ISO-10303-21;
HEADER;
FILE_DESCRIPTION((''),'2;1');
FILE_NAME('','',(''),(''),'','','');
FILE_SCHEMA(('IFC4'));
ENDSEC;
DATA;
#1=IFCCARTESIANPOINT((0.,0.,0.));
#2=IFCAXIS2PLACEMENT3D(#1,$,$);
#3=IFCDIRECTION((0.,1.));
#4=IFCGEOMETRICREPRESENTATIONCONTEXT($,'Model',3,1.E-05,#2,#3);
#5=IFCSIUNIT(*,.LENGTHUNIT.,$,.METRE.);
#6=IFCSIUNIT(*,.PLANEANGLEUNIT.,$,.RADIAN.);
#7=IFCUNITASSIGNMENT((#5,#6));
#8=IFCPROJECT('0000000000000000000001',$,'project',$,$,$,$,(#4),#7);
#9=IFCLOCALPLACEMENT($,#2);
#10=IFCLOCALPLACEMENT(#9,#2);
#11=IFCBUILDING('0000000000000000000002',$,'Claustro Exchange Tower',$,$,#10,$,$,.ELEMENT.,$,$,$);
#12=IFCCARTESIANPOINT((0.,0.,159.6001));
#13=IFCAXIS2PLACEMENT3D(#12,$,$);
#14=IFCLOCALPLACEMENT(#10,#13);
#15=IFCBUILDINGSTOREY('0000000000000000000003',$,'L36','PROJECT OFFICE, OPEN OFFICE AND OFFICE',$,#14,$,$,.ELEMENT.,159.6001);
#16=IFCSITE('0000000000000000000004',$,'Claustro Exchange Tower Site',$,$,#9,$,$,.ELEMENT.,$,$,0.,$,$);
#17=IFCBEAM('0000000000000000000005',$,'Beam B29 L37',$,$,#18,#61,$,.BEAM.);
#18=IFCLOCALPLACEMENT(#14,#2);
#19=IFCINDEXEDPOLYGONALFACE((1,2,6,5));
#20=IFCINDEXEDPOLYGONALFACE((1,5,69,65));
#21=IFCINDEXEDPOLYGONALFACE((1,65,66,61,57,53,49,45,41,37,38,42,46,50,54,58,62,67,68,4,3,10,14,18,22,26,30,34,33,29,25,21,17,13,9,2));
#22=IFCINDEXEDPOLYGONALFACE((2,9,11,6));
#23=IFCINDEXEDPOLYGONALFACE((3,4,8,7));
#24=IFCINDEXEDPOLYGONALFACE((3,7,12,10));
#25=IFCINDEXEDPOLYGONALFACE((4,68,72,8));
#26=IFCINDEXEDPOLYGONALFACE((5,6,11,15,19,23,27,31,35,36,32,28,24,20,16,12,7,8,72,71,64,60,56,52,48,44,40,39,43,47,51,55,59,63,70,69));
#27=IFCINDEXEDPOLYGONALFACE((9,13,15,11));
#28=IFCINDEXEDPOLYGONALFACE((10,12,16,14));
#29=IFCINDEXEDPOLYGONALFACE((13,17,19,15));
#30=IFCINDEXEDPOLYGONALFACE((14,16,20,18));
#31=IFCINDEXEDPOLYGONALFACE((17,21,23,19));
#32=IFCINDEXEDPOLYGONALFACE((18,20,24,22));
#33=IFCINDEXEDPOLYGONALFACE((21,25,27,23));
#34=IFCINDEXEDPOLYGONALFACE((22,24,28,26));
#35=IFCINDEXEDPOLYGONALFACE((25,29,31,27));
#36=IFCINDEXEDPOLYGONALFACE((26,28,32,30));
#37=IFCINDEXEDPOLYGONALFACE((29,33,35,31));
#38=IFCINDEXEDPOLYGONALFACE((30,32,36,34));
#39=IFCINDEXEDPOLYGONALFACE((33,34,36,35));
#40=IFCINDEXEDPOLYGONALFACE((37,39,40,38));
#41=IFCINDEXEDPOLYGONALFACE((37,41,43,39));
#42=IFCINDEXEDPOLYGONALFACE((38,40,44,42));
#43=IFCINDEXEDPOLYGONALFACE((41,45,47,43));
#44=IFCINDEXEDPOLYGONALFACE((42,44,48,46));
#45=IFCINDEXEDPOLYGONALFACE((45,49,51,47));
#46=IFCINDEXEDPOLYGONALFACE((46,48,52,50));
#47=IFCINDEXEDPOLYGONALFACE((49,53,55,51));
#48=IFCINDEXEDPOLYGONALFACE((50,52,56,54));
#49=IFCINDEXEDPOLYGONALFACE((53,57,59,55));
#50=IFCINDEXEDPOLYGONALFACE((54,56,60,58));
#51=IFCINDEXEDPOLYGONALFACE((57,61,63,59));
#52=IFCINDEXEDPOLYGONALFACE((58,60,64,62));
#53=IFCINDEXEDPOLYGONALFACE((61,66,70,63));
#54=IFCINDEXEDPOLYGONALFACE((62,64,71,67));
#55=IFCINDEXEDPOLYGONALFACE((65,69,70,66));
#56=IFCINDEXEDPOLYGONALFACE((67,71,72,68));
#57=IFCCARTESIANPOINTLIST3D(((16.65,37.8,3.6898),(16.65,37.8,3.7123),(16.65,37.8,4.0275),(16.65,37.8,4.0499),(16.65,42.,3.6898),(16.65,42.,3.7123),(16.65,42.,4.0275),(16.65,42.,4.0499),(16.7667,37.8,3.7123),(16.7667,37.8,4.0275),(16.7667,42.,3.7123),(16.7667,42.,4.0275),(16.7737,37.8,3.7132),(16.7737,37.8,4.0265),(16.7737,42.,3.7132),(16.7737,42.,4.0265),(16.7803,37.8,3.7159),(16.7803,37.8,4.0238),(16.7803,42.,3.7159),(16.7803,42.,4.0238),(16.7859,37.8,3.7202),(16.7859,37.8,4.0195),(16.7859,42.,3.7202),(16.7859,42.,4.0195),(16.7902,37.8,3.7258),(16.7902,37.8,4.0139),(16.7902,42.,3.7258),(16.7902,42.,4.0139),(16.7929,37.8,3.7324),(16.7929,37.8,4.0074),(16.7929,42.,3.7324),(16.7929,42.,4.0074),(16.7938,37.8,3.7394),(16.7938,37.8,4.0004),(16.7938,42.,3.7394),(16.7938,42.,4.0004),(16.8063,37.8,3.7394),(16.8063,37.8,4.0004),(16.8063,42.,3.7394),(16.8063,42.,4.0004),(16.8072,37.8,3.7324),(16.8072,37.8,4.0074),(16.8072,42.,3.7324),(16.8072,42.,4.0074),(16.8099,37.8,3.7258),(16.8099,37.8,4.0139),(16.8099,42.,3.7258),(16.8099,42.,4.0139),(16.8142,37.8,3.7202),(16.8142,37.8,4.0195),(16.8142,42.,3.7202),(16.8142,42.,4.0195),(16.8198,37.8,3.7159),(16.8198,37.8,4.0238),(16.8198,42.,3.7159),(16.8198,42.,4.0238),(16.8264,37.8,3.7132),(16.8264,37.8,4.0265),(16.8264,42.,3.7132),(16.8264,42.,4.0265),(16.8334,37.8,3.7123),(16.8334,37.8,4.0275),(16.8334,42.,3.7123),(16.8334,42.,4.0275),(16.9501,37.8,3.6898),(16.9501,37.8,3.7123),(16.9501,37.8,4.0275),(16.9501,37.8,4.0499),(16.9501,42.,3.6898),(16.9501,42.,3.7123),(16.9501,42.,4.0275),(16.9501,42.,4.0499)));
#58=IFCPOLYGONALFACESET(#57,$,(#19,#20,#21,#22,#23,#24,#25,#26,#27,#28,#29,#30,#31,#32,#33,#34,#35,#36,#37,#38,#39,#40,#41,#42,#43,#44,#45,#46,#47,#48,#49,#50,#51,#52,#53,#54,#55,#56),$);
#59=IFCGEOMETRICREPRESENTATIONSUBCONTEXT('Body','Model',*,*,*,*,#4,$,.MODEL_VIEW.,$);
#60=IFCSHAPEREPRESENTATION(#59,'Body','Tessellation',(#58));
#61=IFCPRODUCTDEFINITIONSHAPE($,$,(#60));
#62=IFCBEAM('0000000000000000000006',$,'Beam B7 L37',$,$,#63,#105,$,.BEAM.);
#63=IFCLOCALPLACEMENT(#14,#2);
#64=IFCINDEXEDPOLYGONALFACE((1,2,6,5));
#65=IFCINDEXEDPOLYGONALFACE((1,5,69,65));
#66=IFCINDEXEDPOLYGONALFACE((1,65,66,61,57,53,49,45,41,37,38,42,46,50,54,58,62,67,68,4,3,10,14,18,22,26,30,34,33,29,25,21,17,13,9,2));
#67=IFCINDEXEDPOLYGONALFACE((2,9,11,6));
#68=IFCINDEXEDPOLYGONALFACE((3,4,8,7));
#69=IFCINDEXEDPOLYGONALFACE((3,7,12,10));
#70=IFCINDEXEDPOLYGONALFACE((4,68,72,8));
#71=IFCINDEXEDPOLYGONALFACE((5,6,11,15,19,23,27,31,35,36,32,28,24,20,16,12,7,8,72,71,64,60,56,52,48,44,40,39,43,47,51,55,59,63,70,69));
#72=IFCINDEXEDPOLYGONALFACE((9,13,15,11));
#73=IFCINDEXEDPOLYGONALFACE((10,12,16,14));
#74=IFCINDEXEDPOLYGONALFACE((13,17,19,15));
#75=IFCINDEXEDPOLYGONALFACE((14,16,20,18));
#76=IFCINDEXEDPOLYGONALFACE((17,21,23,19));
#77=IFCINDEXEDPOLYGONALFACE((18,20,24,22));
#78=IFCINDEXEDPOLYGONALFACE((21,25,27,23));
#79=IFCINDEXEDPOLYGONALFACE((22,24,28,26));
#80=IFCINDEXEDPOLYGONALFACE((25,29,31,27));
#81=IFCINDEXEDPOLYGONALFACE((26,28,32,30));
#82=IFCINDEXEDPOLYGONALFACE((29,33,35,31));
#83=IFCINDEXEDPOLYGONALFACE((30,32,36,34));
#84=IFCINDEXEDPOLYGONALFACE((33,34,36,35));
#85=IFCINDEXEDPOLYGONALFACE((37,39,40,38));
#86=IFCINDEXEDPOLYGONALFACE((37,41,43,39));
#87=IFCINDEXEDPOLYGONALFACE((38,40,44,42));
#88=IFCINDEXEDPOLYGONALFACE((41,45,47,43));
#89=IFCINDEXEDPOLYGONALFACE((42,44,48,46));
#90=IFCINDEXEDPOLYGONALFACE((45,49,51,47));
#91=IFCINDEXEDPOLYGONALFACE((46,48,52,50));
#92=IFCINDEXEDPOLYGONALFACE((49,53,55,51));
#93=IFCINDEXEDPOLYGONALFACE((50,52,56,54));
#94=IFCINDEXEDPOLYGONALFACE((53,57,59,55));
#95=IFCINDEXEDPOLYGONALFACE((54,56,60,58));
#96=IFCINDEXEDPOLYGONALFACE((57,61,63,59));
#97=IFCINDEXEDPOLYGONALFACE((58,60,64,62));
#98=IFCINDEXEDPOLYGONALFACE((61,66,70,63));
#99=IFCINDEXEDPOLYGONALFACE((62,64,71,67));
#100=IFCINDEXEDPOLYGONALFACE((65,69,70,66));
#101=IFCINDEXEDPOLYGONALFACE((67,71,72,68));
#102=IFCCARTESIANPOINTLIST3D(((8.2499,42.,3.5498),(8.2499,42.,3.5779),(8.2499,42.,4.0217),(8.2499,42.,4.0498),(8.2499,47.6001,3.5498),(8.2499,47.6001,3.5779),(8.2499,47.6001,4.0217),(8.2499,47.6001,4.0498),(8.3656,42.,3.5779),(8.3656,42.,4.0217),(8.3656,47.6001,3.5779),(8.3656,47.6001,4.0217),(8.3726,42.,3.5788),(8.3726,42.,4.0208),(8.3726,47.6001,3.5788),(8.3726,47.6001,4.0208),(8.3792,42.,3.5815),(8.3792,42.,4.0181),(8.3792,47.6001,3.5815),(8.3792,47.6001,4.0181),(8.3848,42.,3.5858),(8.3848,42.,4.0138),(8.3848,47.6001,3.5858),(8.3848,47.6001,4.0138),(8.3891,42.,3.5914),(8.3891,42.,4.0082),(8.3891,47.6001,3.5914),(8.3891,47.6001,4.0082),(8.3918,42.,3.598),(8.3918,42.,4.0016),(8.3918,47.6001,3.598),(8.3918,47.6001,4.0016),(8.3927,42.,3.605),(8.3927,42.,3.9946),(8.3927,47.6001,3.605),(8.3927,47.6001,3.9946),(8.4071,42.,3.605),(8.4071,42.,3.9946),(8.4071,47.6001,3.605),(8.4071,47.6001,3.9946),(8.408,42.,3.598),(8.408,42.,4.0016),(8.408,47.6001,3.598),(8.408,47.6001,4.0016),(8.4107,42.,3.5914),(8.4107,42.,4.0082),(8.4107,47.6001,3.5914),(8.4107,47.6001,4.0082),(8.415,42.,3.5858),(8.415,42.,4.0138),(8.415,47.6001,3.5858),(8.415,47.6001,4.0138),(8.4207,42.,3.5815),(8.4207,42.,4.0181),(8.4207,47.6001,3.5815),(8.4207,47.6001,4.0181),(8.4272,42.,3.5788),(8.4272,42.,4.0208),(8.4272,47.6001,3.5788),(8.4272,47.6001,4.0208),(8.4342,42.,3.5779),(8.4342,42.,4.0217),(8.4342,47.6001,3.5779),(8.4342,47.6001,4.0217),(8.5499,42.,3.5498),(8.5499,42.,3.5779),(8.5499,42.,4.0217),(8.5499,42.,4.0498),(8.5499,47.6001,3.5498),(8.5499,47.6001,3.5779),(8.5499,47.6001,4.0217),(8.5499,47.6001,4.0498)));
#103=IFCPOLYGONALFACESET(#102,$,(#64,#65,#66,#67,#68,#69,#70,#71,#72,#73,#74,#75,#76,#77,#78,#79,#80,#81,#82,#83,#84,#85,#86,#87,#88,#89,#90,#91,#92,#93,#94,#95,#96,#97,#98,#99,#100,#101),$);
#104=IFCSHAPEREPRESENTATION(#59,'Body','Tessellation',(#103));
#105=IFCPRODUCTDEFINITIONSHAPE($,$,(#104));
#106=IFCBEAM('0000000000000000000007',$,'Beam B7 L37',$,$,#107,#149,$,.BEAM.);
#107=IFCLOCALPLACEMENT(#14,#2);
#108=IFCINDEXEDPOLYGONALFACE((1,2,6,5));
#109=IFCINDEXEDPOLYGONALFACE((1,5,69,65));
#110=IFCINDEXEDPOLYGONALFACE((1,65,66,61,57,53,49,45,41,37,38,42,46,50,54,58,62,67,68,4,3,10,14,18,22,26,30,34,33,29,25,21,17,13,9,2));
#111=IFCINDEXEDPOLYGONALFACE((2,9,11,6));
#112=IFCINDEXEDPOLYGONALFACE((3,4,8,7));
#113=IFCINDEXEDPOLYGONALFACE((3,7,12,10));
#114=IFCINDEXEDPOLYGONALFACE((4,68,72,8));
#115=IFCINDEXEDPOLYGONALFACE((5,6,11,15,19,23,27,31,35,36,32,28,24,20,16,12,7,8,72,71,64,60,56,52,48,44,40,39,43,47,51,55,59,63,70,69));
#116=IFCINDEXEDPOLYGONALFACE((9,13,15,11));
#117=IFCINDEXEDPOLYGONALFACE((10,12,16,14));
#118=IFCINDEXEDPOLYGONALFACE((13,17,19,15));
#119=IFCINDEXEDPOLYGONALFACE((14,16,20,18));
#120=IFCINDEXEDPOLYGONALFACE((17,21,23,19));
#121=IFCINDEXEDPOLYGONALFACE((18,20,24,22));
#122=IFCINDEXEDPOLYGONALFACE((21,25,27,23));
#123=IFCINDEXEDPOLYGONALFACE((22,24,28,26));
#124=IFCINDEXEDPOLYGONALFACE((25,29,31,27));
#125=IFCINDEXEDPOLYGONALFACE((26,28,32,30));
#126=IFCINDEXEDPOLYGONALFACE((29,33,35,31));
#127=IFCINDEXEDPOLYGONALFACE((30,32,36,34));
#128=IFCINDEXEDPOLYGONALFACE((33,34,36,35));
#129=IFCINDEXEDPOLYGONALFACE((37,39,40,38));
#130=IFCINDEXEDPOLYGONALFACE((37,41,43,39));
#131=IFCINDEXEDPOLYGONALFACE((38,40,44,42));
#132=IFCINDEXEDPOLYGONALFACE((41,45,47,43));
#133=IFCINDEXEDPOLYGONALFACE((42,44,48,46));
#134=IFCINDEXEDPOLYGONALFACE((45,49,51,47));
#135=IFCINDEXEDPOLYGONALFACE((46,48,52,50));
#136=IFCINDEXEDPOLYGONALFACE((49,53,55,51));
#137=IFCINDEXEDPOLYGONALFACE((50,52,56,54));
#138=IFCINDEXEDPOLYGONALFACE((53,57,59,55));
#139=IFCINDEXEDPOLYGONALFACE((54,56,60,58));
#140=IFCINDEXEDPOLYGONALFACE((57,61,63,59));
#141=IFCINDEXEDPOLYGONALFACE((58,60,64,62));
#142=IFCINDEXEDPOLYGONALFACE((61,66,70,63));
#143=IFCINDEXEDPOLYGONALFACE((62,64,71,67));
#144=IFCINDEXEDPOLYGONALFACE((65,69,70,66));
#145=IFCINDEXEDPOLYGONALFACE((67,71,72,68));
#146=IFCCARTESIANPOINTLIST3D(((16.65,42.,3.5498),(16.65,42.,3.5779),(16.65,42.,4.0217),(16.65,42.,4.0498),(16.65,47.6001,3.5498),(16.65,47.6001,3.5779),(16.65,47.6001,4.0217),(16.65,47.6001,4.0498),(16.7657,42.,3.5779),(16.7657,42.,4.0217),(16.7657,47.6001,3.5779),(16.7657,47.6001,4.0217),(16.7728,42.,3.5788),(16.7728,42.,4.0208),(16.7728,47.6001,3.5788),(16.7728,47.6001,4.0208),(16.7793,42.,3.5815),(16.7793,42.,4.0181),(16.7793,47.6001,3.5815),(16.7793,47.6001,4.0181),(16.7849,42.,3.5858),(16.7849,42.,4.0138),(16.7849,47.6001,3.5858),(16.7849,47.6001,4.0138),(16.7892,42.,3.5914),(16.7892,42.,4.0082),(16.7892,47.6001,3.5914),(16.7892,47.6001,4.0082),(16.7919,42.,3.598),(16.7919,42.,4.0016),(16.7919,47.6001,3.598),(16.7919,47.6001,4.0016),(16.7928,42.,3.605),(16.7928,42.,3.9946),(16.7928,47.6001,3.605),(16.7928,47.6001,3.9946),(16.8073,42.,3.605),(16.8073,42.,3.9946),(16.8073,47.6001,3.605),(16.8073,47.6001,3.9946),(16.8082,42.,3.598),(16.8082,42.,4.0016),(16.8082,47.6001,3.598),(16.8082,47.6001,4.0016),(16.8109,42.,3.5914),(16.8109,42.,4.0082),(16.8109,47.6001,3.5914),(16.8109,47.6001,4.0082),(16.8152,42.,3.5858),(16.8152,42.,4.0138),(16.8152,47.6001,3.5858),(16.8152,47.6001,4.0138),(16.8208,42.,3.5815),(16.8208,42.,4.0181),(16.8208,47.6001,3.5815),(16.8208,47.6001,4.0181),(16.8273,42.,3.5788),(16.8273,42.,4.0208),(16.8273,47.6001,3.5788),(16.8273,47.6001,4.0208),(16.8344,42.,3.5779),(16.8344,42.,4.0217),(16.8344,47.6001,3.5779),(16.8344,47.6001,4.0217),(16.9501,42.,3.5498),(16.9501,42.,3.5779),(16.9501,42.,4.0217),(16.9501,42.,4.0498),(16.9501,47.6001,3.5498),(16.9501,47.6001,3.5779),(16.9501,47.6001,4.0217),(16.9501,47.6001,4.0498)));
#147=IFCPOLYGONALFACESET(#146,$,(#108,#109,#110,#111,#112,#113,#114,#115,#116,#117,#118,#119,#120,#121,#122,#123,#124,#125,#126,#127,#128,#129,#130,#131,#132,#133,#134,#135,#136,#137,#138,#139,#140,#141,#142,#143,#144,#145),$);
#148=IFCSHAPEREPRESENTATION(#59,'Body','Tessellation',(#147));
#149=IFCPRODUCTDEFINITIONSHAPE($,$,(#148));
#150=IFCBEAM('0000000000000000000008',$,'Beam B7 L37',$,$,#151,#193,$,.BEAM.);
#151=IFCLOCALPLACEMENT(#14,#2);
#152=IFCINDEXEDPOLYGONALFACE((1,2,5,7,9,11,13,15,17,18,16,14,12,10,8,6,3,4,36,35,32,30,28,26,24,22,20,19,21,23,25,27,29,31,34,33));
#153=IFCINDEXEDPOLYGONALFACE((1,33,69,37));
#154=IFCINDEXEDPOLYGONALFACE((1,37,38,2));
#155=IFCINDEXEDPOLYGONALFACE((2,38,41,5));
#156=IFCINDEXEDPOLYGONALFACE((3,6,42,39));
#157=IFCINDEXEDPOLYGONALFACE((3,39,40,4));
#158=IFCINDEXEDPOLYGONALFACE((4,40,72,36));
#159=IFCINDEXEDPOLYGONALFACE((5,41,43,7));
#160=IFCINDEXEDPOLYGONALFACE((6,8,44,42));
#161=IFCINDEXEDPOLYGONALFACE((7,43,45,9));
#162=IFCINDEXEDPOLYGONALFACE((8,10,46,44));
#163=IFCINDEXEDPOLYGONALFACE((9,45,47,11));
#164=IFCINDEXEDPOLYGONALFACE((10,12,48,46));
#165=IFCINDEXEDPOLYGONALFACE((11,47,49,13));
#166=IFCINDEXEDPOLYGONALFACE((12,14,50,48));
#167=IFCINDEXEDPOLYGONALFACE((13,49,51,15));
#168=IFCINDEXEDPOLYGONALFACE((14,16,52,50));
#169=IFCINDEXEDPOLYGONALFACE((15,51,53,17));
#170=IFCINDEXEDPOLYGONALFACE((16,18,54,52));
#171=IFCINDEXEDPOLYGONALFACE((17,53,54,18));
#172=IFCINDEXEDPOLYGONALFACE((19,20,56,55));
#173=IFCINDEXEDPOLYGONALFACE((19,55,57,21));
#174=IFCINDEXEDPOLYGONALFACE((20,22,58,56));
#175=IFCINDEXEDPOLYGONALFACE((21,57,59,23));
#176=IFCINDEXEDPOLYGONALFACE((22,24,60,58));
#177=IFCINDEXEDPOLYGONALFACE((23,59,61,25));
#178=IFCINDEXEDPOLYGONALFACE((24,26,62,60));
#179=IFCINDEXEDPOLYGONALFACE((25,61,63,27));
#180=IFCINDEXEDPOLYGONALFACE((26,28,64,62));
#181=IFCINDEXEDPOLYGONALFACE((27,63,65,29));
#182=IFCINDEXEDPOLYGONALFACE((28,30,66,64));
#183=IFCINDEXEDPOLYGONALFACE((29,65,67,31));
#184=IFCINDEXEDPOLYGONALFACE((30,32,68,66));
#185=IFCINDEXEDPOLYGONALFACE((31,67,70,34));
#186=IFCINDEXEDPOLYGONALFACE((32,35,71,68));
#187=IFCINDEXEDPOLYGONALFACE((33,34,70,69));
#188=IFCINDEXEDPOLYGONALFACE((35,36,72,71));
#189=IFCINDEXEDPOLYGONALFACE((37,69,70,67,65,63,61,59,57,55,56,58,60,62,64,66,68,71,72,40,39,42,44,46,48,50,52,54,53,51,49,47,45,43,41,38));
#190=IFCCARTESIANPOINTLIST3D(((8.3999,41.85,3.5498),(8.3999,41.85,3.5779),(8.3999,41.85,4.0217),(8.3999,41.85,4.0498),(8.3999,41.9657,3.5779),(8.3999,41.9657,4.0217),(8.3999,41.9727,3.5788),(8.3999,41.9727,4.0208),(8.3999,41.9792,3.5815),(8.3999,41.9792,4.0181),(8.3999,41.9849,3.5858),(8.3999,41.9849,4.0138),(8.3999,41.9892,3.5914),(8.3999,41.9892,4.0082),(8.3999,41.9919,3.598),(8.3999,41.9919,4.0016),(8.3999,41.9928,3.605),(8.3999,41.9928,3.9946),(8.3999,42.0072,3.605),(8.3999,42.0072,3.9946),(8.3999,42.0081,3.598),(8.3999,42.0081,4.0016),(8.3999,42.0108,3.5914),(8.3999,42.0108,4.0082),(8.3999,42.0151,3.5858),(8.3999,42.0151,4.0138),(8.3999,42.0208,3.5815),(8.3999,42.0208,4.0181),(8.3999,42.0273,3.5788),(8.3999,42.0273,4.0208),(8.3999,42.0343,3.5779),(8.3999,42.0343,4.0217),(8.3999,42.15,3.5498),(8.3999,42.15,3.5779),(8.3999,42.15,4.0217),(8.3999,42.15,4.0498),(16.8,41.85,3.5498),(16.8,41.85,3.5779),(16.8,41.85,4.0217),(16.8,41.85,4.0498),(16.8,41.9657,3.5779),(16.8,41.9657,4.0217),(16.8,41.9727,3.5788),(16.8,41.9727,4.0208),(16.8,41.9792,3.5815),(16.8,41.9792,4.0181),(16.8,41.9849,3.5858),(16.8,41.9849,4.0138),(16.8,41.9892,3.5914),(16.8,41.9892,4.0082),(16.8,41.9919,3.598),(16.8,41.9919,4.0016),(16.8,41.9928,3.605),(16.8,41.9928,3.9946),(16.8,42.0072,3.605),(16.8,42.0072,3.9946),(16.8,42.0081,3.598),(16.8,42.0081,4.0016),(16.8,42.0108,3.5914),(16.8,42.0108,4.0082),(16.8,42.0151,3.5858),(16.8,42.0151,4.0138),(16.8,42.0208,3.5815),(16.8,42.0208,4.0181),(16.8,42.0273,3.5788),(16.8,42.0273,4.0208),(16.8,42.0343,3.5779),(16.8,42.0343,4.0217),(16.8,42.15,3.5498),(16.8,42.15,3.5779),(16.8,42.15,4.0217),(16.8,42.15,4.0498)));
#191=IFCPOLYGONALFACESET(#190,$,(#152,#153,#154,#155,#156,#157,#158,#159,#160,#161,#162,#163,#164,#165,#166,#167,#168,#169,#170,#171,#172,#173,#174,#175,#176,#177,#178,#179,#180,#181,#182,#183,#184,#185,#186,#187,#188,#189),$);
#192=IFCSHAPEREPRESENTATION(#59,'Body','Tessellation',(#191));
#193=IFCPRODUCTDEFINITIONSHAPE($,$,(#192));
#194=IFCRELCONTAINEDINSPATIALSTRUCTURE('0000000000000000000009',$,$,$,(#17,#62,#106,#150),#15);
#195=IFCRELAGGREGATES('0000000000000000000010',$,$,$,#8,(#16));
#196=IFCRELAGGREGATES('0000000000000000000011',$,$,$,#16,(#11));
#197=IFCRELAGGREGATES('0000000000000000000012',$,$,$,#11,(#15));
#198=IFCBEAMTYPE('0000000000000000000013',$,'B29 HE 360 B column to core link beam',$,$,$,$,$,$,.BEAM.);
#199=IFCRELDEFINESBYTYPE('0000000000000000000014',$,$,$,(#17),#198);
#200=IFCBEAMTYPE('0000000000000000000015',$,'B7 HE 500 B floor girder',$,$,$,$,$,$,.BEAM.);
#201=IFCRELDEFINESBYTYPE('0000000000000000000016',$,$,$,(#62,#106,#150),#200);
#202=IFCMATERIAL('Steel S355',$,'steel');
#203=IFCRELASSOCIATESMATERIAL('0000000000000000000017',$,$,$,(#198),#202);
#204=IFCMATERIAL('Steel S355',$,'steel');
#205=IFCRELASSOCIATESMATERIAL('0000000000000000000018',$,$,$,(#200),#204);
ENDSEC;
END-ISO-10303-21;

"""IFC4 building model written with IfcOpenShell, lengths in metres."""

from ifc_helpers import new_model, si_unit, direction, frame, origin, origin_2d, place, context, subcontext, project, spatial, i_section, extrude, material, material_profile, profile_set, type_object, element, save


model = new_model("IFC4")

# Units and contexts
model_context = context("Model", 3, precision=1e-05, world=origin(), true_north=direction((0.0, 1.0)))
body_context = subcontext(model_context, "Body", "Model", "MODEL_VIEW")
ifc_project = project(units=[si_unit("LENGTHUNIT", "METRE"), si_unit("PLANEANGLEUNIT", "RADIAN")], contexts=[model_context])

# Site, building, storey
site_placement = place(None, origin())
site = spatial("IfcSite", under=ifc_project, at=site_placement, Name="Claustro Exchange Tower Site", CompositionType="ELEMENT", RefElevation=0.0)
building_placement = place(site_placement, origin())
building = spatial("IfcBuilding", under=site, at=building_placement, Name="Claustro Exchange Tower", CompositionType="ELEMENT")
storey_placement = place(building_placement, frame((0.0, 0.0, 159.6001)))
storey = spatial("IfcBuildingStorey", under=building, at=storey_placement, Name="L36", Description="PROJECT OFFICE, OPEN OFFICE AND OFFICE", CompositionType="ELEMENT", Elevation=159.6001)

# Beams
ifc_material_1 = material(Name="Steel S355", Category="steel")
ifc_material_profile_1 = material_profile(ifc_material_1, i_section(OverallWidth=0.3, OverallDepth=0.3601, WebThickness=0.0125, FlangeThickness=0.0225, FilletRadius=0.0271, at=origin_2d()), Name="HE 360 B")
ifc_profile_set_1 = profile_set([ifc_material_profile_1], Name="Steel S355")
beam_type_1 = type_object("IfcBeamType", Name="B29 HE 360 B column to core link beam", PredefinedType="BEAM", material=ifc_profile_set_1)
for number, where, z_axis, x_axis, name in (
    (1, (16.8, 37.8, 3.8699), (0.0, 1.0, 0.0), (-1.0, 0.0, 0.0), "Beam B29 L37"),
):
    element("IfcBeam", number, at=place(storey_placement, frame(where, z_axis=z_axis, x_axis=x_axis)), inside=storey, type_object=beam_type_1, Name=name, PredefinedType="BEAM", context=body_context, shape_type="SweptSolid", body=[
        extrude(i_section(OverallWidth=0.3, OverallDepth=0.3601, WebThickness=0.0125, FlangeThickness=0.0225, FilletRadius=0.0271, at=origin_2d()), origin(), (0.0, 0.0, 1.0), 4.2),
    ])
ifc_material_2 = material(Name="Steel S355", Category="steel")
ifc_material_profile_2 = material_profile(ifc_material_2, i_section(OverallWidth=0.3, OverallDepth=0.5, WebThickness=0.0144, FlangeThickness=0.0281, FilletRadius=0.0271, at=origin_2d()), Name="HE 500 B")
ifc_profile_set_2 = profile_set([ifc_material_profile_2], Name="Steel S355")
beam_type_2 = type_object("IfcBeamType", Name="B7 HE 500 B floor girder", PredefinedType="BEAM", material=ifc_profile_set_2)
for number, where, z_axis, x_axis, name in (
    (2, (8.3999, 42.0, 3.7998), (0.0, 1.0, 0.0), (-1.0, 0.0, 0.0), "Beam B7 L37"),
    (3, (16.8, 42.0, 3.7998), (0.0, 1.0, 0.0), (-1.0, 0.0, 0.0), "Beam B7 L37"),
):
    element("IfcBeam", number, at=place(storey_placement, frame(where, z_axis=z_axis, x_axis=x_axis)), inside=storey, type_object=beam_type_2, Name=name, PredefinedType="BEAM", context=body_context, shape_type="SweptSolid", body=[
        extrude(i_section(OverallWidth=0.3, OverallDepth=0.5, WebThickness=0.0144, FlangeThickness=0.0281, FilletRadius=0.0271, at=origin_2d()), origin(), (0.0, 0.0, 1.0), 5.6001),
    ])
beam_1_placement = place(storey_placement, frame((8.3999, 42.0, 3.7998), z_axis=(1.0, 0.0, 0.0), x_axis=(0.0, 1.0, 0.0)))
element("IfcBeam", 4, at=beam_1_placement, inside=storey, type_object=beam_type_2, Name="Beam B7 L37", PredefinedType="BEAM", context=body_context, shape_type="SweptSolid", body=[
    extrude(i_section(OverallWidth=0.3, OverallDepth=0.5, WebThickness=0.0144, FlangeThickness=0.0281, FilletRadius=0.0271, at=origin_2d()), origin(), (0.0, 0.0, 1.0), 8.4001),
])

save(model, "model.ifc")
